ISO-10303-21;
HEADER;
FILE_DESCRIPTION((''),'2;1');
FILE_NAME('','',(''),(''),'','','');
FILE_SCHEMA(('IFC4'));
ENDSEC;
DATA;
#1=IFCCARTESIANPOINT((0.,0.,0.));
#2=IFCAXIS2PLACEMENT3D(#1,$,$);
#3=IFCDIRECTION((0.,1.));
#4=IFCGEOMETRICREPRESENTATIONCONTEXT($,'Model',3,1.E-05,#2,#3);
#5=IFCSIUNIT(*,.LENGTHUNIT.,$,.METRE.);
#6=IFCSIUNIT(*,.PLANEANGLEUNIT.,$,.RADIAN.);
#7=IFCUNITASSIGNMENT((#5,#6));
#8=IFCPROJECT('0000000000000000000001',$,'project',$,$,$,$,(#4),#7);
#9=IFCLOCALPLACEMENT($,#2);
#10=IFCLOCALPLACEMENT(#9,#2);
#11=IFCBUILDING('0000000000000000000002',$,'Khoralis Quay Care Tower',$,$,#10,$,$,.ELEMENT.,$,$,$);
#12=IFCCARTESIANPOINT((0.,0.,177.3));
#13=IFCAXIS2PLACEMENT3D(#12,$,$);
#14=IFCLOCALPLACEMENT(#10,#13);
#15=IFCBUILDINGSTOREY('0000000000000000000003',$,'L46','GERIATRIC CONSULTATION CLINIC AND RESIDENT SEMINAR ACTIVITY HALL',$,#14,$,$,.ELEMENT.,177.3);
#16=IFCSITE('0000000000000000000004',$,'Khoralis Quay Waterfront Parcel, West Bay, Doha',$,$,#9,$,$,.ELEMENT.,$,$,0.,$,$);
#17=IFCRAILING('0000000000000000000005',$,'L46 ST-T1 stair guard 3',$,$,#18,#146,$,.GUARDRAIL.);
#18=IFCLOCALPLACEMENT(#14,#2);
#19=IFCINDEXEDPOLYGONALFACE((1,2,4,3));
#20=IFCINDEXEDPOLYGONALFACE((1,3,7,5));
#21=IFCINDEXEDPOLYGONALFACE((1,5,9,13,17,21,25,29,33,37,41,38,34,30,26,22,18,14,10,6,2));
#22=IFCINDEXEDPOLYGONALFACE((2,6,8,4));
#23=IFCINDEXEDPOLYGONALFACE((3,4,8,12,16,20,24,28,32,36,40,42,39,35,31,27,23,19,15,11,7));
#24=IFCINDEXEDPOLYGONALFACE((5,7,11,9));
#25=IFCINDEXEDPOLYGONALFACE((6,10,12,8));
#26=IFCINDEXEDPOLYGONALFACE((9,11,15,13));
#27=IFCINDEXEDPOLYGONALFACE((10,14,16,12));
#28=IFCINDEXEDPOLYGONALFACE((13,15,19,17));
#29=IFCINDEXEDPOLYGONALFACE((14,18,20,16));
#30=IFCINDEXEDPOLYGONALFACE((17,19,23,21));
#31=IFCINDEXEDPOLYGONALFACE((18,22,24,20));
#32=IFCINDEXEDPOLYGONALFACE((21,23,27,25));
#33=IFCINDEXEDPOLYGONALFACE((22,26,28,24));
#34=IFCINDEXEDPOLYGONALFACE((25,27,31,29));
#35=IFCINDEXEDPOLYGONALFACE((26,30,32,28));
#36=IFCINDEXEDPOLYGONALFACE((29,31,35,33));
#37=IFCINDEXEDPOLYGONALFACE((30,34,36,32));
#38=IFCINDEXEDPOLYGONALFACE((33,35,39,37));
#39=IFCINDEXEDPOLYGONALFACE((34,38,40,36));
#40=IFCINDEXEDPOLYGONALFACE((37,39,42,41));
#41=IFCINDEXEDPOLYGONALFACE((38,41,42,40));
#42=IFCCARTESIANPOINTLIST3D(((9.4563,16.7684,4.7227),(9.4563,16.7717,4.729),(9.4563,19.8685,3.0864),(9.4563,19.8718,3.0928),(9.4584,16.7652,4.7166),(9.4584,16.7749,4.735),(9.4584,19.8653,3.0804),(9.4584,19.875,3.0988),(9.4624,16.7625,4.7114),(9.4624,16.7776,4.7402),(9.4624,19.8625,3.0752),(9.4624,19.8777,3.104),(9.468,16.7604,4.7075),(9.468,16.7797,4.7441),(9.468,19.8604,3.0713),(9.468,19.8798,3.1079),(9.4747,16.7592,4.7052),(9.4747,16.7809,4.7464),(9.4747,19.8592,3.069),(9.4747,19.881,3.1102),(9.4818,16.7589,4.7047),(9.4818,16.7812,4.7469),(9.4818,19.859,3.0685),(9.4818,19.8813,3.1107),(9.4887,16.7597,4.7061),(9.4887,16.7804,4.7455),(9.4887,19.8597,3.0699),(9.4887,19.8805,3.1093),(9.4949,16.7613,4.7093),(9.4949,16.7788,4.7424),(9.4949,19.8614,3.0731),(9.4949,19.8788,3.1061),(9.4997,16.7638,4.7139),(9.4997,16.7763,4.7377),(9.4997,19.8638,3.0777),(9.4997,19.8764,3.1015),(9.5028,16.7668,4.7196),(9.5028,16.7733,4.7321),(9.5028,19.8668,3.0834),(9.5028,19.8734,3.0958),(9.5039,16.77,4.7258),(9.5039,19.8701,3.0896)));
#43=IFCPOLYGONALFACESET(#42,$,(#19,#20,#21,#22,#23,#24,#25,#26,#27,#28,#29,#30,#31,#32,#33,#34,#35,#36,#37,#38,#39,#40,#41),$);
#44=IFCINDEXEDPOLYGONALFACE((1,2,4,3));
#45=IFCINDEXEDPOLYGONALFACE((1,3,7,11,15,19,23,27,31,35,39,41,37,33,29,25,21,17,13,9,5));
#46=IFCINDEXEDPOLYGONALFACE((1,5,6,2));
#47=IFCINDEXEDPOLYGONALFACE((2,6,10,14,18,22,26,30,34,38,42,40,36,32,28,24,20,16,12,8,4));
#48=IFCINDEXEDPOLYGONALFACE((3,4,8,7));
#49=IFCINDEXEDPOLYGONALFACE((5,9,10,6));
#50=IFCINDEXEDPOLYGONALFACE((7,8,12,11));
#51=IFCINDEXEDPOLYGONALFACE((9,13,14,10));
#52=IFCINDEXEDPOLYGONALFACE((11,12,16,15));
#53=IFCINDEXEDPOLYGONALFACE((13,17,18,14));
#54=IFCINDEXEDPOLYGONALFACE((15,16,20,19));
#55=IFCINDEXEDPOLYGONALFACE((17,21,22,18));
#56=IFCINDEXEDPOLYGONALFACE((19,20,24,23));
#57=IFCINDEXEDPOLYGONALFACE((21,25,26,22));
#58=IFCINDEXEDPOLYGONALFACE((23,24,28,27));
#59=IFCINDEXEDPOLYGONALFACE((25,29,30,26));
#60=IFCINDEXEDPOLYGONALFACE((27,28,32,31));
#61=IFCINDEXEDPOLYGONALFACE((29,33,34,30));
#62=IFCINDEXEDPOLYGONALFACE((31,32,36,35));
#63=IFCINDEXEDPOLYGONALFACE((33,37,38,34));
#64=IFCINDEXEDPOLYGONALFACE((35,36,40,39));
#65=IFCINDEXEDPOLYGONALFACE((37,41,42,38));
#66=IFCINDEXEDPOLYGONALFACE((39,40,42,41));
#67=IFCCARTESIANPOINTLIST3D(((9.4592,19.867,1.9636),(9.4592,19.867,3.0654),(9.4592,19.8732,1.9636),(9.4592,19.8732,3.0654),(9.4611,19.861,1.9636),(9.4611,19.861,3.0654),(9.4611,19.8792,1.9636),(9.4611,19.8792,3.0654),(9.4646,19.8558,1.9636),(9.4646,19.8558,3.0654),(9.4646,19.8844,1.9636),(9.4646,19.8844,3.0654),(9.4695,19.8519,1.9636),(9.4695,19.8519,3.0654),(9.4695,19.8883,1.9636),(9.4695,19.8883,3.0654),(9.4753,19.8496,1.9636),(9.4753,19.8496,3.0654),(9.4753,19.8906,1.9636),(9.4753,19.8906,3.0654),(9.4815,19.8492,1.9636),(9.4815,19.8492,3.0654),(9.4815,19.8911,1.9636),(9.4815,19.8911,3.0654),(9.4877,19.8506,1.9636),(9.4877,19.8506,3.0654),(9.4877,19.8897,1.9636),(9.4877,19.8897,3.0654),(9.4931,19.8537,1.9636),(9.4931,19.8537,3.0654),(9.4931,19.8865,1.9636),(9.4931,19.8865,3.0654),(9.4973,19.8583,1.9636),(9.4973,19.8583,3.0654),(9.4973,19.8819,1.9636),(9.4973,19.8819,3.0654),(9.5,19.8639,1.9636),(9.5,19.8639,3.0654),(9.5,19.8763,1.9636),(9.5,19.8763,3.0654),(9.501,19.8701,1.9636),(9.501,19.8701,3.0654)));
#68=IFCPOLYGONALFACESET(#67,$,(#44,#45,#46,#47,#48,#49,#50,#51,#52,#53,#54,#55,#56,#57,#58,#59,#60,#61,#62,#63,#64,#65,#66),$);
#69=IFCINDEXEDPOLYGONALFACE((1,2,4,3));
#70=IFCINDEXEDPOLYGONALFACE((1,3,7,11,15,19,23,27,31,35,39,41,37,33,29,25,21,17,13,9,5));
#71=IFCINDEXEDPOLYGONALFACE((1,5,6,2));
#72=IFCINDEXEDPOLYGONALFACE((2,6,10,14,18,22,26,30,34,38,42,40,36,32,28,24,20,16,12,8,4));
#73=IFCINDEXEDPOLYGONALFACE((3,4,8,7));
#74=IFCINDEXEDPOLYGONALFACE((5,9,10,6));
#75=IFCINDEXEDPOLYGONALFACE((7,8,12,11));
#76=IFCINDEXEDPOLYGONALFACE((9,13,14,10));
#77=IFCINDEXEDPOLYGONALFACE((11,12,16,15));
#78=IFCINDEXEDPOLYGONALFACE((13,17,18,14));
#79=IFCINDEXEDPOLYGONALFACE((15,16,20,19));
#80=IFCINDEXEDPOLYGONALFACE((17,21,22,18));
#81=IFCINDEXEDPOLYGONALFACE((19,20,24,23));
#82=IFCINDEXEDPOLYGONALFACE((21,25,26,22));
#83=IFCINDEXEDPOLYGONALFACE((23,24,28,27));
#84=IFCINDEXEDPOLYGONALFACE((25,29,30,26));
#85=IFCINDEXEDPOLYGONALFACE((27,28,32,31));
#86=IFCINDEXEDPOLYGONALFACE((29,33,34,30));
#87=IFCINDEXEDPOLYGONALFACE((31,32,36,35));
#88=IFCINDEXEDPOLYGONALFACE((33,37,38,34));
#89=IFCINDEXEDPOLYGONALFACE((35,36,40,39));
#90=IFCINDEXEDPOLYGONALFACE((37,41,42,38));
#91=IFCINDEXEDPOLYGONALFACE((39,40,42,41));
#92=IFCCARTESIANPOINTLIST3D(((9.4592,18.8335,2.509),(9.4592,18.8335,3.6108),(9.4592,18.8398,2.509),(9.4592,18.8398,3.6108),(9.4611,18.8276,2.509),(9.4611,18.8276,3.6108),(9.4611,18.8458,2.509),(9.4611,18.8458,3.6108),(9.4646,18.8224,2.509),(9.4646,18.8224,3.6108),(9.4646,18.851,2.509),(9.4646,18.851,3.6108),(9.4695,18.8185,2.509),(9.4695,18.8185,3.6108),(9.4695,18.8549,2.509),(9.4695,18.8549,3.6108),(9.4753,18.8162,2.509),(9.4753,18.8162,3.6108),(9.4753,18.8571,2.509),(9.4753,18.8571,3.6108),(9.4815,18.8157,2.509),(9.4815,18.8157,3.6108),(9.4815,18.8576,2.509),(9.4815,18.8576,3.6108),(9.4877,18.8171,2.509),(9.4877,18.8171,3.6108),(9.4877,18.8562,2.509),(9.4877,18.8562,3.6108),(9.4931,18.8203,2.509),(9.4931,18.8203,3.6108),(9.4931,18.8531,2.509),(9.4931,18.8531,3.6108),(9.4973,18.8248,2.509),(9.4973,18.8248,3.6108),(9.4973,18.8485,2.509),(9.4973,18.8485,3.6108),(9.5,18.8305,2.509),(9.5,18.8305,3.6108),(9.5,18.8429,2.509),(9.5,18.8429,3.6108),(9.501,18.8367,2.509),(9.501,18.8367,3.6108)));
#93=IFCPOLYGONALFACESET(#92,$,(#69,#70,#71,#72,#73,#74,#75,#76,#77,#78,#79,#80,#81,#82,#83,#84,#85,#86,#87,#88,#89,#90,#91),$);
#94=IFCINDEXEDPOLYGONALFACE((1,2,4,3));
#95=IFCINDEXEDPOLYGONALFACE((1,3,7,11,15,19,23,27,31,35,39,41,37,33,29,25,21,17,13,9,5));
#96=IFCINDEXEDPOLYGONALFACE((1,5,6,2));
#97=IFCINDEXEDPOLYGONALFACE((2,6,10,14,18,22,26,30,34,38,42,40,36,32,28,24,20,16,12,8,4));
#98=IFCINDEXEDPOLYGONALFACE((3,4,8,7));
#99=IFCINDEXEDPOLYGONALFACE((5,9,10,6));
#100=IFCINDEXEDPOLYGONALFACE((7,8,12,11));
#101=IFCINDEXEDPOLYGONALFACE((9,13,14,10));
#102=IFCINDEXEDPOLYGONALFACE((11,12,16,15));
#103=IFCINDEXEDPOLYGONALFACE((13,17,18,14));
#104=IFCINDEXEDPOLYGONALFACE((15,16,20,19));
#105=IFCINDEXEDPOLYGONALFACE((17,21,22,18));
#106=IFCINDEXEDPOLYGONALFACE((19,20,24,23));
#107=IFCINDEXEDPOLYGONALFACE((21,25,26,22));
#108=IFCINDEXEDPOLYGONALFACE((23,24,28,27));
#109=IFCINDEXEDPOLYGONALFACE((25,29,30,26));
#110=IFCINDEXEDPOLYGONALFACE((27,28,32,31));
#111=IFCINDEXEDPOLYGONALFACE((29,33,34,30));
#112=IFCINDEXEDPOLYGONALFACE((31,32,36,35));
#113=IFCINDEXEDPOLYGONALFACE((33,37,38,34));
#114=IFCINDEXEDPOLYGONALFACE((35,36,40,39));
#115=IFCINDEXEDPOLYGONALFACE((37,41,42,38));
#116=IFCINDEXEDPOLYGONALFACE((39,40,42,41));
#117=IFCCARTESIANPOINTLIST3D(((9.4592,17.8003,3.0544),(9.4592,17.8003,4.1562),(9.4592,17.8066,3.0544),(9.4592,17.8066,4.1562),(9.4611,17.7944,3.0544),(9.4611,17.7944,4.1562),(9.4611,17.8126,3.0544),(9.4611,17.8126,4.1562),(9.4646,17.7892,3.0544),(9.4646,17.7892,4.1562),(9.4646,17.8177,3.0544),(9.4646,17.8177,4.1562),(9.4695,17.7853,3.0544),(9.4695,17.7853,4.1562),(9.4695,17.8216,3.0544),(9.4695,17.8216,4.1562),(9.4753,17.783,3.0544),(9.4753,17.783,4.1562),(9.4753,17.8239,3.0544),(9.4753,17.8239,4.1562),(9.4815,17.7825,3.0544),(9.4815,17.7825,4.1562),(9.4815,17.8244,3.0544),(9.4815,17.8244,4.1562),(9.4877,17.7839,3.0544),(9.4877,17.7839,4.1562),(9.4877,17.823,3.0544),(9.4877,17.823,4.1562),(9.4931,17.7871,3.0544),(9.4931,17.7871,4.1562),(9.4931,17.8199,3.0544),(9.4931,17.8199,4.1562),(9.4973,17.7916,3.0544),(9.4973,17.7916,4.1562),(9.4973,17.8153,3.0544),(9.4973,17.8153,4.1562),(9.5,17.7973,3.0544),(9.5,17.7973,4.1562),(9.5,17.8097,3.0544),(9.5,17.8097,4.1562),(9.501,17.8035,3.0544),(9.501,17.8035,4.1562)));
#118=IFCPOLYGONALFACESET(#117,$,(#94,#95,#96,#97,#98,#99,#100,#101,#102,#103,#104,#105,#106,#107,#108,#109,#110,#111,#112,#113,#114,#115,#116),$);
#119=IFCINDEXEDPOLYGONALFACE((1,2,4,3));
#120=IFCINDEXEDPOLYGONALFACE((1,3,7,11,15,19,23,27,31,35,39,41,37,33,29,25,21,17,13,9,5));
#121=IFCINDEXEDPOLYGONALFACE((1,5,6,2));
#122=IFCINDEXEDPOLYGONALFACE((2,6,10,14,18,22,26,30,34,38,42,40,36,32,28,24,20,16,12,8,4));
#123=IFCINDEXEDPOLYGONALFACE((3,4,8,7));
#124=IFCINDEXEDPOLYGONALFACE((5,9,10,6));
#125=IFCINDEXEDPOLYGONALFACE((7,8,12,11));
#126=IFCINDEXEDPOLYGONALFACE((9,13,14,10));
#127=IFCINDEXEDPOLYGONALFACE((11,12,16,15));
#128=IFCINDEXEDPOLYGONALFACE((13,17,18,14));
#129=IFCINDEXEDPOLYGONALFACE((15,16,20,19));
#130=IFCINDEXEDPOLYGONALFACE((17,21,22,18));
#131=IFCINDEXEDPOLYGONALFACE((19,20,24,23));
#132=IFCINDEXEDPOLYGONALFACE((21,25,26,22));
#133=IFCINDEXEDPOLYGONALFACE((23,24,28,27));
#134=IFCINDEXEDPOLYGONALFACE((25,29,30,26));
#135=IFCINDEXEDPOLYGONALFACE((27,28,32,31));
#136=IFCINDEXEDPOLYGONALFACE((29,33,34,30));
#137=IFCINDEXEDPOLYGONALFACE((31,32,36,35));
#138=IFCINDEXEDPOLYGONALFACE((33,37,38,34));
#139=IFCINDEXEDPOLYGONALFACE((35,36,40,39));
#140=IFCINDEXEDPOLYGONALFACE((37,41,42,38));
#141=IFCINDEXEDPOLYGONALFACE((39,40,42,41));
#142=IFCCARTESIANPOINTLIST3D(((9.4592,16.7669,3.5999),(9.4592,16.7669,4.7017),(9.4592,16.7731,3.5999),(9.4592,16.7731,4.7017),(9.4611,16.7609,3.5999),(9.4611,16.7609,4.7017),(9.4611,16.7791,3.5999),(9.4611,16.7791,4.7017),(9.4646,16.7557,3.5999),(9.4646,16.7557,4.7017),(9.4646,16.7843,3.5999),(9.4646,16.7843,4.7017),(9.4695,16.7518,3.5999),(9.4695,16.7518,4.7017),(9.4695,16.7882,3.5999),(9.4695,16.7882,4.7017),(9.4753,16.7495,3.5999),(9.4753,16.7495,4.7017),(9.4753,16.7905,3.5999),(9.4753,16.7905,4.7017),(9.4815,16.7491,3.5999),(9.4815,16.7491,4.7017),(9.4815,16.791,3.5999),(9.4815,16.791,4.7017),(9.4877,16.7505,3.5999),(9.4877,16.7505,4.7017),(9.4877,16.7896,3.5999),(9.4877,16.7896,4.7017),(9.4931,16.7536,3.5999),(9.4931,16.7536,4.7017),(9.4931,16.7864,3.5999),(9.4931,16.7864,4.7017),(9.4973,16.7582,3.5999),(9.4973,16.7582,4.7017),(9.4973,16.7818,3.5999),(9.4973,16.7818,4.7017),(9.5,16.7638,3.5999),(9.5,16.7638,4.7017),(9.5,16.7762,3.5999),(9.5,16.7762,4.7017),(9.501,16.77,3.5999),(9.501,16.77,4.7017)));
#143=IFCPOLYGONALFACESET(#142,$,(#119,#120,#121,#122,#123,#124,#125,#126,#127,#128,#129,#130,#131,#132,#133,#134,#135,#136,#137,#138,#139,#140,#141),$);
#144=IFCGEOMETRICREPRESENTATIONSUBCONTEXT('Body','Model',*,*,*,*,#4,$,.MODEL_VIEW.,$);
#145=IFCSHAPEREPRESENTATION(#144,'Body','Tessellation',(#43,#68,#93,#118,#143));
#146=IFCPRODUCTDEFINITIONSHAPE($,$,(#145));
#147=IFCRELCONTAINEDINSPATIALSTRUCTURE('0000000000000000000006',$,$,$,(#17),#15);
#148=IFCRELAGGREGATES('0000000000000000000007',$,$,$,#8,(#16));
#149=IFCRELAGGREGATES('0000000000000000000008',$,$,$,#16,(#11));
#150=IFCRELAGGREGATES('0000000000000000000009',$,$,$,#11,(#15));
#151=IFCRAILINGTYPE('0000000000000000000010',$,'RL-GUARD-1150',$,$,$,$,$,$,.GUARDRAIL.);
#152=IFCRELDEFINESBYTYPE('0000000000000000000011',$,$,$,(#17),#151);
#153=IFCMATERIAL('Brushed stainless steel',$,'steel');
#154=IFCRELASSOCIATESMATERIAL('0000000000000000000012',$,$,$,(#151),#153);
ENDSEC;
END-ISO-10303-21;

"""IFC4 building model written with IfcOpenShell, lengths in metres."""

from ifc_helpers import new_model, si_unit, direction, frame, origin, origin_2d, place, context, subcontext, project, spatial, circle, extrude, material, type_object, element, save


model = new_model("IFC4")

# Units and contexts
model_context = context("Model", 3, precision=1e-05, world=origin(), true_north=direction((0.0, 1.0)))
body_context = subcontext(model_context, "Body", "Model", "MODEL_VIEW")
ifc_project = project(units=[si_unit("LENGTHUNIT", "METRE"), si_unit("PLANEANGLEUNIT", "RADIAN")], contexts=[model_context])

# Site, building, storey
site_placement = place(None, origin())
site = spatial("IfcSite", under=ifc_project, at=site_placement, Name="Khoralis Quay Waterfront Parcel, West Bay, Doha", CompositionType="ELEMENT", RefElevation=0.0)
building_placement = place(site_placement, origin())
building = spatial("IfcBuilding", under=site, at=building_placement, Name="Khoralis Quay Care Tower", CompositionType="ELEMENT")
storey_placement = place(building_placement, frame((0.0, 0.0, 177.3)))
storey = spatial("IfcBuildingStorey", under=building, at=storey_placement, Name="L46", Description="GERIATRIC CONSULTATION CLINIC AND RESIDENT SEMINAR ACTIVITY HALL", CompositionType="ELEMENT", Elevation=177.3)

# Railing
ifc_material_1 = material(Name="Brushed stainless steel", Category="steel")
railing_type_1 = type_object("IfcRailingType", Name="RL-GUARD-1150", PredefinedType="GUARDRAIL", material=ifc_material_1)
railing_1_placement = place(storey_placement, frame((9.48, 19.8701, 1.9636)))
element("IfcRailing", 1, at=railing_1_placement, inside=storey, type_object=railing_type_1, Name="L46 ST-T1 stair guard 3", PredefinedType="GUARDRAIL", context=body_context, shape_type="SweptSolid", body=[
    extrude(circle(Radius=0.0239, at=origin_2d()), frame((0.0, 0.0, 1.126), z_axis=(0.0, -0.884377, 0.466774), x_axis=(1.0, 0.0, 0.0)), (0.0, 0.0, 1.0), 3.5054),
    extrude(circle(Radius=0.021, at=origin_2d()), origin(), (0.0, 0.0, 1.0), 1.1018),
    extrude(circle(Radius=0.021, at=origin_2d()), frame((0.0, -1.0334, 0.5454)), (0.0, 0.0, 1.0), 1.1018),
    extrude(circle(Radius=0.021, at=origin_2d()), frame((0.0, -2.0667, 1.0908)), (0.0, 0.0, 1.0), 1.1018),
    extrude(circle(Radius=0.021, at=origin_2d()), frame((0.0, -3.1001, 1.6362)), (0.0, 0.0, 1.0), 1.1018),
])

save(model, "model.ifc")
